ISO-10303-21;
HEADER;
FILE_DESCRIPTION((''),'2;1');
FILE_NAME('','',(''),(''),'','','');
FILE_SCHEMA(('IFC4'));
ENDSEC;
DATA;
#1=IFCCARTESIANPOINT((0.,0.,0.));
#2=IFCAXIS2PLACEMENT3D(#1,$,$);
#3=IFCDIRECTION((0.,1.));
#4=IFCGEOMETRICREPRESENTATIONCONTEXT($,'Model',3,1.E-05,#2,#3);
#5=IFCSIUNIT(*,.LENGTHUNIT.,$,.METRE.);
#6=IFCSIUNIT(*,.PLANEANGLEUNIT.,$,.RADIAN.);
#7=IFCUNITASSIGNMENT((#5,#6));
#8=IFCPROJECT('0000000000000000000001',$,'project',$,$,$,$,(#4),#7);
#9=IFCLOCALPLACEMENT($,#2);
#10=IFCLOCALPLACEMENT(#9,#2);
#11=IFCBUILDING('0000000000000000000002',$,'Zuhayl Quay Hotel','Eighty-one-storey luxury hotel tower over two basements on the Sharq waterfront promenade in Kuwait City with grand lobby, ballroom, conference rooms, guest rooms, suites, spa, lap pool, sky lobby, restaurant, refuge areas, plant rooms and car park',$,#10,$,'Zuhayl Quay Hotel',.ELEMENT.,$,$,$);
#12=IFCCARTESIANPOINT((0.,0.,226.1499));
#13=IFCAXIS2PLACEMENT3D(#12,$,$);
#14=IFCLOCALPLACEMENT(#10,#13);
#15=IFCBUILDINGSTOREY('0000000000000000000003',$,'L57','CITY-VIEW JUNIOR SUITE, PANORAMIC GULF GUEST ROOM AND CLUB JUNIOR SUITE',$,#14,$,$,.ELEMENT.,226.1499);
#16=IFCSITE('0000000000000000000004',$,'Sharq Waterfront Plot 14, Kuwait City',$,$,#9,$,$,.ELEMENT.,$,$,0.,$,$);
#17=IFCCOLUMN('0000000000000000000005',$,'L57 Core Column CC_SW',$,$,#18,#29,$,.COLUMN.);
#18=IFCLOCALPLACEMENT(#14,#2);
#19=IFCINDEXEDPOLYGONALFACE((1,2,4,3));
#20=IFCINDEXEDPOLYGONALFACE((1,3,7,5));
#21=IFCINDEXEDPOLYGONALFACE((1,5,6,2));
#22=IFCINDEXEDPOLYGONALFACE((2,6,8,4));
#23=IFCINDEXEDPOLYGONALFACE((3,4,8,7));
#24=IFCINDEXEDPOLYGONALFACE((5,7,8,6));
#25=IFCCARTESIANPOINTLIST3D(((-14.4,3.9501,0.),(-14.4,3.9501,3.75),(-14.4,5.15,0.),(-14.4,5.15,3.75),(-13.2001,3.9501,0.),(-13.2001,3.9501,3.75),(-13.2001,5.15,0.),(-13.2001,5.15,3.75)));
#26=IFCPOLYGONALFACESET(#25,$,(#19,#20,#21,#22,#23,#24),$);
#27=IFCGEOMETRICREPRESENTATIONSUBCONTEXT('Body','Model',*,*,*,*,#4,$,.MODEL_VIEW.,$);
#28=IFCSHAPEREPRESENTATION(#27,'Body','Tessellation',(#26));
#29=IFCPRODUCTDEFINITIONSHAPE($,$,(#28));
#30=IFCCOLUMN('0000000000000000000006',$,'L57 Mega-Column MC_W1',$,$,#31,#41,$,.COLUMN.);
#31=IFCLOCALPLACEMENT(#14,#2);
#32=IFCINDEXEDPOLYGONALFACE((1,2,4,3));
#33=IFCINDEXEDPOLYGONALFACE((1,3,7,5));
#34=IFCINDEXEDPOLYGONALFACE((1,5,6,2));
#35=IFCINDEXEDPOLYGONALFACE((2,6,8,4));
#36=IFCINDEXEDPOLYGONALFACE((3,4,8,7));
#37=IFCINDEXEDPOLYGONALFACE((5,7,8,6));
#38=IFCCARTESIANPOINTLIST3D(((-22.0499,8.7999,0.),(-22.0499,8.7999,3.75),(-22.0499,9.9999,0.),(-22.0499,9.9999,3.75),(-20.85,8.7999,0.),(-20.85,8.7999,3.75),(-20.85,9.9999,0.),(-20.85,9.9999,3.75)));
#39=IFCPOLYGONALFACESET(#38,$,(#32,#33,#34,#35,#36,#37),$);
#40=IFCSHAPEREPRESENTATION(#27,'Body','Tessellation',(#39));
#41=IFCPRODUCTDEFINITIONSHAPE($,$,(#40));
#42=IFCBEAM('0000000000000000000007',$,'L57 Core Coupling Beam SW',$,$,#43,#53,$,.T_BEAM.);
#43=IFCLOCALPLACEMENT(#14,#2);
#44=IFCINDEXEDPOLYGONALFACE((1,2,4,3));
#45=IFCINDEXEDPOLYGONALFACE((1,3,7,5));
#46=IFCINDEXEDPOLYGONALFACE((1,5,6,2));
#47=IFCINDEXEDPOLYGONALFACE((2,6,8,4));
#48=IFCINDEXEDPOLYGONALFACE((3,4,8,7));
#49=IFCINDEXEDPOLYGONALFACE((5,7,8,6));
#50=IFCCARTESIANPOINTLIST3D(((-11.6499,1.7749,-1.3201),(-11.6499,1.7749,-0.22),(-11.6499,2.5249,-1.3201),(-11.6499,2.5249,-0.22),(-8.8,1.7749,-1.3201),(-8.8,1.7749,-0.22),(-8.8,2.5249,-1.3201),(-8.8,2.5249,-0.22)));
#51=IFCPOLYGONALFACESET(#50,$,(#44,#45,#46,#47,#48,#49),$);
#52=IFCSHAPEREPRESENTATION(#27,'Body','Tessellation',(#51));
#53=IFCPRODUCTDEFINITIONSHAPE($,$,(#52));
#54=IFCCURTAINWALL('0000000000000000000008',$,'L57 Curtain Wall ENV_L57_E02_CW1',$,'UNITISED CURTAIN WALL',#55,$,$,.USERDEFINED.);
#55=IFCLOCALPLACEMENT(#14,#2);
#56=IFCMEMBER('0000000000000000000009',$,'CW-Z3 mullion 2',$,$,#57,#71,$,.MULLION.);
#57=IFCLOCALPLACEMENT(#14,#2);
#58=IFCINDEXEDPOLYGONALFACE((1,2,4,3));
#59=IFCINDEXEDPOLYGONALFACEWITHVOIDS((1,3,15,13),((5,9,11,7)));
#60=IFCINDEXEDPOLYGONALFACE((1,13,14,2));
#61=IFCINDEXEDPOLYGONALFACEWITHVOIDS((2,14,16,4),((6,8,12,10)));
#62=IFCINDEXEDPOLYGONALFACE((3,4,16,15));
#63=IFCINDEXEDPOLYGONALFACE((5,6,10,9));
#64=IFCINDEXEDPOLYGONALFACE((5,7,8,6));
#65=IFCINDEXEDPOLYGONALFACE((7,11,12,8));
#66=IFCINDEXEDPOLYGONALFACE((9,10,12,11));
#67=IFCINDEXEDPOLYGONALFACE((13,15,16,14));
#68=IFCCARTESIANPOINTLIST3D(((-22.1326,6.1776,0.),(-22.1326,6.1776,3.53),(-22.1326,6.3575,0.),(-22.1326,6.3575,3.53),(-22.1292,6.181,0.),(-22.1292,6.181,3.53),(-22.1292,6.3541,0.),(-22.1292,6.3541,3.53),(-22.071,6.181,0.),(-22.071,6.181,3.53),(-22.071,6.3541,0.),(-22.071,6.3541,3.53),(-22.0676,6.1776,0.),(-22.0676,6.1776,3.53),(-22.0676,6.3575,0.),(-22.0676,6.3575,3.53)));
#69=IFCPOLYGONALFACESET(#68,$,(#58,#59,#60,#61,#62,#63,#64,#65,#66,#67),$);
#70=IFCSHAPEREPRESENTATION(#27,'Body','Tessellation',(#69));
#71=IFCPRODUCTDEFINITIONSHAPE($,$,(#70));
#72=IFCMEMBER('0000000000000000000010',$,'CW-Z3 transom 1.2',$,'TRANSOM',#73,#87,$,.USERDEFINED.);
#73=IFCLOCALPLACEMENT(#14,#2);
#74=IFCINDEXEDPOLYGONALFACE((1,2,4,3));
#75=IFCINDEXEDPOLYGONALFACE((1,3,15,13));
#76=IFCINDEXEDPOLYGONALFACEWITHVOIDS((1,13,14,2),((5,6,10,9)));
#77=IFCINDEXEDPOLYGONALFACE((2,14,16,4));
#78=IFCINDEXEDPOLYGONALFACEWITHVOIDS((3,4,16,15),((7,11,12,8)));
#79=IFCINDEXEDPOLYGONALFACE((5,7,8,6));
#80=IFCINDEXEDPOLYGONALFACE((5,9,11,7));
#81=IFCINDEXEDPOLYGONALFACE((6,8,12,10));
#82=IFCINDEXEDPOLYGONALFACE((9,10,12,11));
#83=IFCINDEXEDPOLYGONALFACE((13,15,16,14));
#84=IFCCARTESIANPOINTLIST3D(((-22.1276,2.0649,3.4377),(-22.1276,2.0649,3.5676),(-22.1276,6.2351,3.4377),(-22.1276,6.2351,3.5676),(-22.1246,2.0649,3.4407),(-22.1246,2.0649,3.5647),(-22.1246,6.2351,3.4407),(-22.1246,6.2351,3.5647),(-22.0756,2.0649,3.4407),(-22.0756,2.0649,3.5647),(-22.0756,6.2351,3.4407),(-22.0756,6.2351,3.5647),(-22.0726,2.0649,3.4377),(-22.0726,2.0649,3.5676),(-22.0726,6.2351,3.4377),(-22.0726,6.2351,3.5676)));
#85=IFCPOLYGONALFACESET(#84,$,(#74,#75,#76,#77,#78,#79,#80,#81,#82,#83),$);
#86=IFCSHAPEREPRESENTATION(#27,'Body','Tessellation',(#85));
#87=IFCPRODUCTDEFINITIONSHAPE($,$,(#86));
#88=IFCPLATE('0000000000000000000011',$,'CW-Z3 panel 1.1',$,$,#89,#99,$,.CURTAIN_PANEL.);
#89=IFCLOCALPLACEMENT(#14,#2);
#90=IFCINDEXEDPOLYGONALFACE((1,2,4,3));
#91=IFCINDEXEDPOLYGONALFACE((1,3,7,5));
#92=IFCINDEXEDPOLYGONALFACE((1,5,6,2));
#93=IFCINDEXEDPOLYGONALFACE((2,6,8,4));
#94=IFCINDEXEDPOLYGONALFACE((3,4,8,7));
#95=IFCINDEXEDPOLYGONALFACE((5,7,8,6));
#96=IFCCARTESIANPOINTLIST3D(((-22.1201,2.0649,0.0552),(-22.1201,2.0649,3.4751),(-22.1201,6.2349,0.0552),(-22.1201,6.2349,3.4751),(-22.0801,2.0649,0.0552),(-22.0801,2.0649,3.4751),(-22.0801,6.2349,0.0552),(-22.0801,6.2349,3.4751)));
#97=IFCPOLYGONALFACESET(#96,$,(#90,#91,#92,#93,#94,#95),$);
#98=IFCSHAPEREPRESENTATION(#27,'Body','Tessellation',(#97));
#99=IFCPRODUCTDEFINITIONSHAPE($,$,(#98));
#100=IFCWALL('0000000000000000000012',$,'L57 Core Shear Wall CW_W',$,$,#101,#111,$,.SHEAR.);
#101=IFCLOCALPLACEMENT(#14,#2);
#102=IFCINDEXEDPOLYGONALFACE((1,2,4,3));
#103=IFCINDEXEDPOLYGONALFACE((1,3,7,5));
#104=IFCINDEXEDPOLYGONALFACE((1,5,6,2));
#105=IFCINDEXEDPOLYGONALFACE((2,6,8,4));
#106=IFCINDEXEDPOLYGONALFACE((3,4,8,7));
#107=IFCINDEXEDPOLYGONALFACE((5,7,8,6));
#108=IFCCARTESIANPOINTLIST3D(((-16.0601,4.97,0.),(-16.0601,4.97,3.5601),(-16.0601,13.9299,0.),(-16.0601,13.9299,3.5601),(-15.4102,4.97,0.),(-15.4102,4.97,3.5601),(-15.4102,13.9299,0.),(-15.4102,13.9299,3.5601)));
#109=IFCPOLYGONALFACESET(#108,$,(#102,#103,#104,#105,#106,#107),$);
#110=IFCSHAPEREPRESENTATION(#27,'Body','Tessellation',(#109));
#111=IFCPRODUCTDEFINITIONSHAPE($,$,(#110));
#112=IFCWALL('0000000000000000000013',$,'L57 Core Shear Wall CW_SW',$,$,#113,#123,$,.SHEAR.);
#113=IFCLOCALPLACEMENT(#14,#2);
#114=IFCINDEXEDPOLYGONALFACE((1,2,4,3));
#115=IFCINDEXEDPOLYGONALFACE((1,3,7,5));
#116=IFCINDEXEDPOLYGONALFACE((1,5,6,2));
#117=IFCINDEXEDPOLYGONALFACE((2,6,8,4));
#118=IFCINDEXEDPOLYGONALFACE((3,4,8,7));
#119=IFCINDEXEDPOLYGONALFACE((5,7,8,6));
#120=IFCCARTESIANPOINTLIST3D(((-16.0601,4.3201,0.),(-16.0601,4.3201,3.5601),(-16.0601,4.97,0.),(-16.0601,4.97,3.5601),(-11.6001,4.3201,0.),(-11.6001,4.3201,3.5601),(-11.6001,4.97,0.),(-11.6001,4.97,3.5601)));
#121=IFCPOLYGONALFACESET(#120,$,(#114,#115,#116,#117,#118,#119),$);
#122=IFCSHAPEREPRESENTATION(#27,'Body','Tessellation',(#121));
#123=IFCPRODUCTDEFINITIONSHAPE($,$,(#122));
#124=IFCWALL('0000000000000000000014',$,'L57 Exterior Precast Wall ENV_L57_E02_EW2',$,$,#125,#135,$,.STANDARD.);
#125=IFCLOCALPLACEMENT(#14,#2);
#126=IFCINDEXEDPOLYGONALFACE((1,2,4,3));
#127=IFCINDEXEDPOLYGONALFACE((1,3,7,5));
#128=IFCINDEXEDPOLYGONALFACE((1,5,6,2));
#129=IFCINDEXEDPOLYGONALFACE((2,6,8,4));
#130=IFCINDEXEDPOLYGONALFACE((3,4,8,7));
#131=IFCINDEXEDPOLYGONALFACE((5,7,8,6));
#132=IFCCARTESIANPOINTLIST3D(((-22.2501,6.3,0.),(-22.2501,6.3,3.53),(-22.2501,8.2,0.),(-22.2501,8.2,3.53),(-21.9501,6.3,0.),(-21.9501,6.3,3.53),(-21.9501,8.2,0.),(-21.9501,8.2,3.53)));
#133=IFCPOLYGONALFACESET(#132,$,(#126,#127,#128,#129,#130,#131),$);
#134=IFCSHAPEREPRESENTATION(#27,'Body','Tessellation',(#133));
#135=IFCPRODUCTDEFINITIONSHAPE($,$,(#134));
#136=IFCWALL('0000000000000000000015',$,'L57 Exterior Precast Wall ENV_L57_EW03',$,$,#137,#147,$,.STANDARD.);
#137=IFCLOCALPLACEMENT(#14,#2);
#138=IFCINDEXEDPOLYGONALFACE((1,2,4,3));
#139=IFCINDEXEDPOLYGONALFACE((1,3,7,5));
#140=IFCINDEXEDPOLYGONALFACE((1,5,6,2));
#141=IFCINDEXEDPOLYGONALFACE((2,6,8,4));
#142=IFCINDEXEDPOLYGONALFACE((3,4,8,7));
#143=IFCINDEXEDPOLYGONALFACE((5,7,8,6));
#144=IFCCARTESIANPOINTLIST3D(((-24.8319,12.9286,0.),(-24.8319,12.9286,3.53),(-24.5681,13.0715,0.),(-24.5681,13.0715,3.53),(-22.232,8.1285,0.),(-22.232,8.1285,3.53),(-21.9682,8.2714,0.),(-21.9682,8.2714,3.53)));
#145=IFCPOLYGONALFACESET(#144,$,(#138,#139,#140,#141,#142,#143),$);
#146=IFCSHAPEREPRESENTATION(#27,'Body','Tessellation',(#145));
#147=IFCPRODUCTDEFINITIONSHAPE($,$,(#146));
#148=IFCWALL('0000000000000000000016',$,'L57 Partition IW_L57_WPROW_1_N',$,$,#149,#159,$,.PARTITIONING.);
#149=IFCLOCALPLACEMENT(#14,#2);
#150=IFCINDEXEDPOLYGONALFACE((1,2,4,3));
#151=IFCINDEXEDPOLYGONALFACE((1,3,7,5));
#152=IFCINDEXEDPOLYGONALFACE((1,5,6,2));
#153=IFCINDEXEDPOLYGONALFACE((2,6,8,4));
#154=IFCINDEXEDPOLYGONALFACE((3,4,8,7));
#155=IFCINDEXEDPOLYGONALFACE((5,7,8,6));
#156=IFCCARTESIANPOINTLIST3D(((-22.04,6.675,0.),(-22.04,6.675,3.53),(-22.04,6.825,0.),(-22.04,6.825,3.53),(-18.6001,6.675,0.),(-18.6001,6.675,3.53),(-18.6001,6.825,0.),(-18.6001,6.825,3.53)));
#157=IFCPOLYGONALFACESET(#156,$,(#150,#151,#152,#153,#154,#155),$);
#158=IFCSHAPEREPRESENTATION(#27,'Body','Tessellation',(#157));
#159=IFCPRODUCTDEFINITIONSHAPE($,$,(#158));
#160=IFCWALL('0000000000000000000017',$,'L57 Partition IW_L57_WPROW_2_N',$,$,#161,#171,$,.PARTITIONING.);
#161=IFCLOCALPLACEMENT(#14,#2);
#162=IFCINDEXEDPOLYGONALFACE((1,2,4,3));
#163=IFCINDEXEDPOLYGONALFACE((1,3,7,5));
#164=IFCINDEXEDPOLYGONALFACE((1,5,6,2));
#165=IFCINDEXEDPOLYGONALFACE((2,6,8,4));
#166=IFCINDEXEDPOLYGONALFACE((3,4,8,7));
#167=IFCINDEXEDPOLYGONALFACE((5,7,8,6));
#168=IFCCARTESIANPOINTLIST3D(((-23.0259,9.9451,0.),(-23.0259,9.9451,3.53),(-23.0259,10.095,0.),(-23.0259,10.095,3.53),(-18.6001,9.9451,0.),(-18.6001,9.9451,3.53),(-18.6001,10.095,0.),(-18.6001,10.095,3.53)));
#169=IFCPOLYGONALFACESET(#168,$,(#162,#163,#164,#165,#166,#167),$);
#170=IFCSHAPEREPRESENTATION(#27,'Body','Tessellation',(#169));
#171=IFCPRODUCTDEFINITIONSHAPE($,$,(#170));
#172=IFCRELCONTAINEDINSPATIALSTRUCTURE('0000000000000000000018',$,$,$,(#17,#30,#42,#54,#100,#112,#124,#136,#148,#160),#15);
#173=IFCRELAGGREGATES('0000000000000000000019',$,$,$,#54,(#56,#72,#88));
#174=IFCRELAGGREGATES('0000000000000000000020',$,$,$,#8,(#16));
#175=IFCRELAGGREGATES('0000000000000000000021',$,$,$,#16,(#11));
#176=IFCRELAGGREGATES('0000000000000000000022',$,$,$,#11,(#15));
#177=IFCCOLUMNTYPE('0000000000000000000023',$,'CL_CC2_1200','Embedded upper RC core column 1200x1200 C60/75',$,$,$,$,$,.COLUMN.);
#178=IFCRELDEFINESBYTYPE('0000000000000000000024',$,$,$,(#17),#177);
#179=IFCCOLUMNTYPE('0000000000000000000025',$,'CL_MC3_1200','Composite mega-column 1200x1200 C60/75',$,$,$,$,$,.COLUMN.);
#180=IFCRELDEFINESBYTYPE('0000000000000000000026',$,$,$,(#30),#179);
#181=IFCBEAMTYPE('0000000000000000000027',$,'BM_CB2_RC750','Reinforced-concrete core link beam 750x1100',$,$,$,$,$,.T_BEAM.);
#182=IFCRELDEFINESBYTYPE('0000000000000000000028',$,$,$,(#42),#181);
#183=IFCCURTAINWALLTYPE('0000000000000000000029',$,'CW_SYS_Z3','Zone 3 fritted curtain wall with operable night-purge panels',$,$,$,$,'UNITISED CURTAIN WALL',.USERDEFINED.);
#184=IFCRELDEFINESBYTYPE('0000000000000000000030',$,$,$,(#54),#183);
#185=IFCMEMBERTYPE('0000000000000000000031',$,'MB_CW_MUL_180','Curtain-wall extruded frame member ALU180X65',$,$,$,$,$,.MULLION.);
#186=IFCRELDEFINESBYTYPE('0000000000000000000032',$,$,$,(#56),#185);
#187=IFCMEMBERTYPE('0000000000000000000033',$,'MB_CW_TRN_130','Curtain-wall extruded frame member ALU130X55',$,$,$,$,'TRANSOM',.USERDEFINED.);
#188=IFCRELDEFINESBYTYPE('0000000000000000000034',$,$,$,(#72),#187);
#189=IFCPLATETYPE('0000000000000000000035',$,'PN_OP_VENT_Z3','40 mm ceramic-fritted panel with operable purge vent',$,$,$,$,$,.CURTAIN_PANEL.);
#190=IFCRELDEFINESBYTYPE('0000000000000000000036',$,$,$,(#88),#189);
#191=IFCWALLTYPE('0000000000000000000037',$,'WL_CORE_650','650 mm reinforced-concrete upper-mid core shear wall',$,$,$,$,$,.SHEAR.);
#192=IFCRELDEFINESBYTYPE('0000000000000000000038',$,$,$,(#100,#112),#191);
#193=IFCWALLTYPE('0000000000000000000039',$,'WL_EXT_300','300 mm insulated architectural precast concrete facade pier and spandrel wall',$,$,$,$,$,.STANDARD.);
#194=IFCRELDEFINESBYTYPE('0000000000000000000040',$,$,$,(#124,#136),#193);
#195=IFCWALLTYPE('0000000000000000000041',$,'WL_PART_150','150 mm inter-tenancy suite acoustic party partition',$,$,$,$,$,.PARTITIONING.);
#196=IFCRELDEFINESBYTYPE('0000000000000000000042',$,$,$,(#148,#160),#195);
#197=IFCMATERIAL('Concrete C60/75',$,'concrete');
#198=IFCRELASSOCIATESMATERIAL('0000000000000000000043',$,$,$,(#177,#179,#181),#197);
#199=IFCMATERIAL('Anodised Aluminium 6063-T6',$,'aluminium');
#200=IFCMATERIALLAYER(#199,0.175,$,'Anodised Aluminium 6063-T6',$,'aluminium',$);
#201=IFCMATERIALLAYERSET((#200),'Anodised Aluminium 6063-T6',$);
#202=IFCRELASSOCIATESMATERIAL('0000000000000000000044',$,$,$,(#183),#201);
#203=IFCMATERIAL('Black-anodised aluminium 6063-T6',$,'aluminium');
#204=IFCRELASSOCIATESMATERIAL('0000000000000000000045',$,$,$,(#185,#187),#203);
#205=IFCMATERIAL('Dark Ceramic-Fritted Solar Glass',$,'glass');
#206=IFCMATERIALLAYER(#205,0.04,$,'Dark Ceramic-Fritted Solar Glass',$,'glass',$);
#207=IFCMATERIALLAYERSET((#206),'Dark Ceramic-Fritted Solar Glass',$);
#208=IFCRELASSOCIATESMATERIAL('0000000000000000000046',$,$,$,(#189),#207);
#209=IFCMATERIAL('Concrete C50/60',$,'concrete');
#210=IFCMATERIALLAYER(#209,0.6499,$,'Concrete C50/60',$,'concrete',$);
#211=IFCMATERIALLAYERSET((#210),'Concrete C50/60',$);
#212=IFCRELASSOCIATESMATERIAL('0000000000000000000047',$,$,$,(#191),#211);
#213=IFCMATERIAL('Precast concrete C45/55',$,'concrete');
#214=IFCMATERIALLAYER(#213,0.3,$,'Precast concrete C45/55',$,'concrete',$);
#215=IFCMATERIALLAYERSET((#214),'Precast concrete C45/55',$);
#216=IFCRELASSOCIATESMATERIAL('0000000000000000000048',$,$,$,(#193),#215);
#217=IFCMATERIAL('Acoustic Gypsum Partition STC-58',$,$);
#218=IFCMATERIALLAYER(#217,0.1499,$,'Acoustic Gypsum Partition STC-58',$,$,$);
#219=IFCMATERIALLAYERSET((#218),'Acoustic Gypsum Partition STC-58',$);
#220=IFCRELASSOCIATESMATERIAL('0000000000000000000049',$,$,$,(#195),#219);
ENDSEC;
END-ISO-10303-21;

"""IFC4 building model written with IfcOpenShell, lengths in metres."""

from ifc_helpers import new_model, si_unit, direction, frame, frame_2d, origin, origin_2d, place, context, subcontext, project, spatial, rectangle, hollow_rectangle, extrude, material, layer, layer_set, material_profile, profile_set, type_object, element, aggregate, save


model = new_model("IFC4")

# Units and contexts
model_context = context("Model", 3, precision=1e-05, world=origin(), true_north=direction((0.0, 1.0)))
body_context = subcontext(model_context, "Body", "Model", "MODEL_VIEW")
ifc_project = project(units=[si_unit("LENGTHUNIT", "METRE"), si_unit("PLANEANGLEUNIT", "RADIAN")], contexts=[model_context])

# Site, building, storey
site_placement = place(None, origin())
site = spatial("IfcSite", under=ifc_project, at=site_placement, Name="Sharq Waterfront Plot 14, Kuwait City", CompositionType="ELEMENT", RefElevation=0.0)
building_placement = place(site_placement, origin())
building = spatial("IfcBuilding", under=site, at=building_placement, Name="Zuhayl Quay Hotel", Description="Eighty-one-storey luxury hotel tower over two basements on the Sharq waterfront promenade in Kuwait City with grand lobby, ballroom, conference rooms, guest rooms, suites, spa, lap pool, sky lobby, restaurant, refuge areas, plant rooms and car park", LongName="Zuhayl Quay Hotel", CompositionType="ELEMENT")
storey_placement = place(building_placement, frame((0.0, 0.0, 226.1499)))
storey = spatial("IfcBuildingStorey", under=building, at=storey_placement, Name="L57", Description="CITY-VIEW JUNIOR SUITE, PANORAMIC GULF GUEST ROOM AND CLUB JUNIOR SUITE", CompositionType="ELEMENT", Elevation=226.1499)

# Columns
ifc_material_1 = material(Name="Concrete C60/75", Category="concrete")
ifc_material_profile_1 = material_profile(ifc_material_1, rectangle(XDim=1.2, YDim=1.2, at=origin_2d()), Name="RC1200X1200")
ifc_profile_set_1 = profile_set([ifc_material_profile_1], Name="Concrete C60/75")
column_type_1 = type_object("IfcColumnType", Name="CL_CC2_1200", Description="Embedded upper RC core column 1200x1200 C60/75", PredefinedType="COLUMN", material=ifc_profile_set_1)
column_1_placement = place(storey_placement, frame((-13.8, 4.55, 0.0), z_axis=(0.0, 0.0, 1.0), x_axis=(1.0, 0.0, 0.0)))
element("IfcColumn", 1, at=column_1_placement, inside=storey, type_object=column_type_1, Name="L57 Core Column CC_SW", PredefinedType="COLUMN", context=body_context, shape_type="SweptSolid", body=[
    extrude(rectangle(XDim=1.2, YDim=1.2, at=origin_2d()), origin(), (0.0, 0.0, 1.0), 3.75),
])
ifc_material_profile_2 = material_profile(ifc_material_1, rectangle(XDim=1.2, YDim=1.2, at=origin_2d()), Name="RC1200X1200")
ifc_profile_set_2 = profile_set([ifc_material_profile_2], Name="Concrete C60/75")
column_type_2 = type_object("IfcColumnType", Name="CL_MC3_1200", Description="Composite mega-column 1200x1200 C60/75", PredefinedType="COLUMN", material=ifc_profile_set_2)
column_2_placement = place(storey_placement, frame((-21.45, 9.3999, 0.0), z_axis=(0.0, 0.0, 1.0), x_axis=(1.0, 0.0, 0.0)))
element("IfcColumn", 2, at=column_2_placement, inside=storey, type_object=column_type_2, Name="L57 Mega-Column MC_W1", PredefinedType="COLUMN", context=body_context, shape_type="SweptSolid", body=[
    extrude(rectangle(XDim=1.2, YDim=1.2, at=origin_2d()), origin(), (0.0, 0.0, 1.0), 3.75),
])

# Beam
ifc_material_profile_3 = material_profile(ifc_material_1, rectangle(XDim=0.75, YDim=1.1001, at=origin_2d()), Name="RC750X1100")
ifc_profile_set_3 = profile_set([ifc_material_profile_3], Name="Concrete C60/75")
beam_type = type_object("IfcBeamType", Name="BM_CB2_RC750", Description="Reinforced-concrete core link beam 750x1100", PredefinedType="T_BEAM", material=ifc_profile_set_3)
beam_placement = place(storey_placement, frame((-11.6499, 2.1499, -0.77), z_axis=(1.0, 0.0, 0.0), x_axis=(0.0, 1.0, 0.0)))
element("IfcBeam", 3, at=beam_placement, inside=storey, type_object=beam_type, Name="L57 Core Coupling Beam SW", PredefinedType="T_BEAM", context=body_context, shape_type="SweptSolid", body=[
    extrude(rectangle(XDim=0.75, YDim=1.1001, at=origin_2d()), origin(), (0.0, 0.0, 1.0), 2.8499),
])

# Curtain wall, members, plate
ifc_material_2 = material(Name="Anodised Aluminium 6063-T6", Category="aluminium")
ifc_layer_1 = layer(ifc_material_2, 0.175, Name="Anodised Aluminium 6063-T6", Category="aluminium")
ifc_layer_set_1 = layer_set([ifc_layer_1], Name="Anodised Aluminium 6063-T6")
curtain_wall_type = type_object("IfcCurtainWallType", Name="CW_SYS_Z3", Description="Zone 3 fritted curtain wall with operable night-purge panels", ElementType="UNITISED CURTAIN WALL", PredefinedType="USERDEFINED", material=ifc_layer_set_1)
curtain_wall_placement = place(storey_placement, origin())
curtain_wall = element("IfcCurtainWall", 4, at=curtain_wall_placement, inside=storey, type_object=curtain_wall_type, Name="L57 Curtain Wall ENV_L57_E02_CW1", ObjectType="UNITISED CURTAIN WALL", PredefinedType="USERDEFINED")
ifc_material_3 = material(Name="Black-anodised aluminium 6063-T6", Category="aluminium")
ifc_material_profile_4 = material_profile(ifc_material_3, hollow_rectangle(XDim=0.0649, YDim=0.1799, WallThickness=0.0034, at=origin_2d()), Name="ALU180X65")
ifc_profile_set_4 = profile_set([ifc_material_profile_4], Name="Black-anodised aluminium 6063-T6")
member_type_1 = type_object("IfcMemberType", Name="MB_CW_MUL_180", Description="Curtain-wall extruded frame member ALU180X65", PredefinedType="MULLION", material=ifc_profile_set_4)
member_1_placement = place(storey_placement, frame((-22.1001, 6.2676, 0.0), z_axis=(0.0, 0.0, 1.0), x_axis=(-1.0, 0.0, 0.0)))
member_1 = element("IfcMember", 5, at=member_1_placement, type_object=member_type_1, Name="CW-Z3 mullion 2", PredefinedType="MULLION", context=body_context, shape_type="SweptSolid", body=[
    extrude(hollow_rectangle(XDim=0.0649, YDim=0.1799, WallThickness=0.0034, at=origin_2d()), origin(), (0.0, 0.0, 1.0), 3.53),
])
ifc_material_profile_5 = material_profile(ifc_material_3, hollow_rectangle(XDim=0.0549, YDim=0.1299, WallThickness=0.0029, at=origin_2d()), Name="ALU130X55")
ifc_profile_set_5 = profile_set([ifc_material_profile_5], Name="Black-anodised aluminium 6063-T6")
member_type_2 = type_object("IfcMemberType", Name="MB_CW_TRN_130", Description="Curtain-wall extruded frame member ALU130X55", ElementType="TRANSOM", PredefinedType="USERDEFINED", material=ifc_profile_set_5)
member_2_placement = place(storey_placement, frame((-22.1001, 2.0649, 3.5027), z_axis=(0.0, 1.0, 0.0), x_axis=(-1.0, 0.0, 0.0)))
member_2 = element("IfcMember", 6, at=member_2_placement, type_object=member_type_2, Name="CW-Z3 transom 1.2", ObjectType="TRANSOM", PredefinedType="USERDEFINED", context=body_context, shape_type="SweptSolid", body=[
    extrude(hollow_rectangle(XDim=0.0549, YDim=0.1299, WallThickness=0.0029, at=origin_2d()), origin(), (0.0, 0.0, 1.0), 4.1702),
])
ifc_material_4 = material(Name="Dark Ceramic-Fritted Solar Glass", Category="glass")
ifc_layer_2 = layer(ifc_material_4, 0.04, Name="Dark Ceramic-Fritted Solar Glass", Category="glass")
ifc_layer_set_2 = layer_set([ifc_layer_2], Name="Dark Ceramic-Fritted Solar Glass")
plate_type = type_object("IfcPlateType", Name="PN_OP_VENT_Z3", Description="40 mm ceramic-fritted panel with operable purge vent", PredefinedType="CURTAIN_PANEL", material=ifc_layer_set_2)
plate_placement = place(storey_placement, frame((-22.1001, 4.1499, 0.0552), z_axis=(0.0, 0.0, 1.0), x_axis=(0.0, 1.0, 0.0)))
plate = element("IfcPlate", 7, at=plate_placement, type_object=plate_type, Name="CW-Z3 panel 1.1", PredefinedType="CURTAIN_PANEL", context=body_context, shape_type="SweptSolid", body=[
    extrude(rectangle(XDim=4.1699, YDim=0.04, at=origin_2d()), origin(), (0.0, 0.0, 1.0), 3.4199),
])
aggregate(curtain_wall, [member_1, member_2, plate])

# Walls
ifc_material_5 = material(Name="Concrete C50/60", Category="concrete")
ifc_layer_3 = layer(ifc_material_5, 0.6499, Name="Concrete C50/60", Category="concrete")
ifc_layer_set_3 = layer_set([ifc_layer_3], Name="Concrete C50/60")
wall_type_1 = type_object("IfcWallType", Name="WL_CORE_650", Description="650 mm reinforced-concrete upper-mid core shear wall", PredefinedType="SHEAR", material=ifc_layer_set_3)
wall_1_placement = place(storey_placement, frame((-15.7351, 4.97, 0.0), z_axis=(0.0, 0.0, 1.0), x_axis=(0.0, 1.0, 0.0)))
element("IfcWall", 8, at=wall_1_placement, inside=storey, type_object=wall_type_1, Name="L57 Core Shear Wall CW_W", PredefinedType="SHEAR", context=body_context, shape_type="SweptSolid", body=[
    extrude(rectangle(XDim=8.96, YDim=0.6499, at=frame_2d((4.48, 0.0))), origin(), (0.0, 0.0, 1.0), 3.5601),
])
wall_2_placement = place(storey_placement, frame((-16.0601, 4.645, 0.0), z_axis=(0.0, 0.0, 1.0), x_axis=(1.0, 0.0, 0.0)))
element("IfcWall", 9, at=wall_2_placement, inside=storey, type_object=wall_type_1, Name="L57 Core Shear Wall CW_SW", PredefinedType="SHEAR", context=body_context, shape_type="SweptSolid", body=[
    extrude(rectangle(XDim=4.46, YDim=0.6499, at=frame_2d((2.23, 0.0))), origin(), (0.0, 0.0, 1.0), 3.5601),
])
ifc_material_6 = material(Name="Precast concrete C45/55", Category="concrete")
ifc_layer_4 = layer(ifc_material_6, 0.3, Name="Precast concrete C45/55", Category="concrete")
ifc_layer_set_4 = layer_set([ifc_layer_4], Name="Precast concrete C45/55")
wall_type_2 = type_object("IfcWallType", Name="WL_EXT_300", Description="300 mm insulated architectural precast concrete facade pier and spandrel wall", PredefinedType="STANDARD", material=ifc_layer_set_4)
wall_3_placement = place(storey_placement, frame((-22.1001, 6.3, 0.0), z_axis=(0.0, 0.0, 1.0), x_axis=(0.0, 1.0, 0.0)))
element("IfcWall", 10, at=wall_3_placement, inside=storey, type_object=wall_type_2, Name="L57 Exterior Precast Wall ENV_L57_E02_EW2", PredefinedType="STANDARD", context=body_context, shape_type="SweptSolid", body=[
    extrude(rectangle(XDim=1.8999, YDim=0.3, at=frame_2d((0.95, 0.0))), origin(), (0.0, 0.0, 1.0), 3.53),
])
wall_4_placement = place(storey_placement, frame((-22.1001, 8.2, 0.0), z_axis=(0.0, 0.0, 1.0), x_axis=(-0.476259, 0.879305, 0.0)))
element("IfcWall", 11, at=wall_4_placement, inside=storey, type_object=wall_type_2, Name="L57 Exterior Precast Wall ENV_L57_EW03", PredefinedType="STANDARD", context=body_context, shape_type="SweptSolid", body=[
    extrude(rectangle(XDim=5.459, YDim=0.3, at=frame_2d((2.7295, 0.0))), origin(), (0.0, 0.0, 1.0), 3.53),
])
ifc_material_7 = material(Name="Acoustic Gypsum Partition STC-58")
ifc_layer_5 = layer(ifc_material_7, 0.1499, Name="Acoustic Gypsum Partition STC-58")
ifc_layer_set_5 = layer_set([ifc_layer_5], Name="Acoustic Gypsum Partition STC-58")
wall_type_3 = type_object("IfcWallType", Name="WL_PART_150", Description="150 mm inter-tenancy suite acoustic party partition", PredefinedType="PARTITIONING", material=ifc_layer_set_5)
wall_5_placement = place(storey_placement, frame((-22.04, 6.75, 0.0), z_axis=(0.0, 0.0, 1.0), x_axis=(1.0, 0.0, 0.0)))
element("IfcWall", 12, at=wall_5_placement, inside=storey, type_object=wall_type_3, Name="L57 Partition IW_L57_WPROW_1_N", PredefinedType="PARTITIONING", context=body_context, shape_type="SweptSolid", body=[
    extrude(rectangle(XDim=3.4399, YDim=0.1499, at=frame_2d((1.72, 0.0))), origin(), (0.0, 0.0, 1.0), 3.53),
])
wall_6_placement = place(storey_placement, frame((-23.0259, 10.02, 0.0), z_axis=(0.0, 0.0, 1.0), x_axis=(1.0, 0.0, 0.0)))
element("IfcWall", 13, at=wall_6_placement, inside=storey, type_object=wall_type_3, Name="L57 Partition IW_L57_WPROW_2_N", PredefinedType="PARTITIONING", context=body_context, shape_type="SweptSolid", body=[
    extrude(rectangle(XDim=4.4258, YDim=0.1499, at=frame_2d((2.2129, 0.0))), origin(), (0.0, 0.0, 1.0), 3.53),
])

save(model, "model.ifc")
